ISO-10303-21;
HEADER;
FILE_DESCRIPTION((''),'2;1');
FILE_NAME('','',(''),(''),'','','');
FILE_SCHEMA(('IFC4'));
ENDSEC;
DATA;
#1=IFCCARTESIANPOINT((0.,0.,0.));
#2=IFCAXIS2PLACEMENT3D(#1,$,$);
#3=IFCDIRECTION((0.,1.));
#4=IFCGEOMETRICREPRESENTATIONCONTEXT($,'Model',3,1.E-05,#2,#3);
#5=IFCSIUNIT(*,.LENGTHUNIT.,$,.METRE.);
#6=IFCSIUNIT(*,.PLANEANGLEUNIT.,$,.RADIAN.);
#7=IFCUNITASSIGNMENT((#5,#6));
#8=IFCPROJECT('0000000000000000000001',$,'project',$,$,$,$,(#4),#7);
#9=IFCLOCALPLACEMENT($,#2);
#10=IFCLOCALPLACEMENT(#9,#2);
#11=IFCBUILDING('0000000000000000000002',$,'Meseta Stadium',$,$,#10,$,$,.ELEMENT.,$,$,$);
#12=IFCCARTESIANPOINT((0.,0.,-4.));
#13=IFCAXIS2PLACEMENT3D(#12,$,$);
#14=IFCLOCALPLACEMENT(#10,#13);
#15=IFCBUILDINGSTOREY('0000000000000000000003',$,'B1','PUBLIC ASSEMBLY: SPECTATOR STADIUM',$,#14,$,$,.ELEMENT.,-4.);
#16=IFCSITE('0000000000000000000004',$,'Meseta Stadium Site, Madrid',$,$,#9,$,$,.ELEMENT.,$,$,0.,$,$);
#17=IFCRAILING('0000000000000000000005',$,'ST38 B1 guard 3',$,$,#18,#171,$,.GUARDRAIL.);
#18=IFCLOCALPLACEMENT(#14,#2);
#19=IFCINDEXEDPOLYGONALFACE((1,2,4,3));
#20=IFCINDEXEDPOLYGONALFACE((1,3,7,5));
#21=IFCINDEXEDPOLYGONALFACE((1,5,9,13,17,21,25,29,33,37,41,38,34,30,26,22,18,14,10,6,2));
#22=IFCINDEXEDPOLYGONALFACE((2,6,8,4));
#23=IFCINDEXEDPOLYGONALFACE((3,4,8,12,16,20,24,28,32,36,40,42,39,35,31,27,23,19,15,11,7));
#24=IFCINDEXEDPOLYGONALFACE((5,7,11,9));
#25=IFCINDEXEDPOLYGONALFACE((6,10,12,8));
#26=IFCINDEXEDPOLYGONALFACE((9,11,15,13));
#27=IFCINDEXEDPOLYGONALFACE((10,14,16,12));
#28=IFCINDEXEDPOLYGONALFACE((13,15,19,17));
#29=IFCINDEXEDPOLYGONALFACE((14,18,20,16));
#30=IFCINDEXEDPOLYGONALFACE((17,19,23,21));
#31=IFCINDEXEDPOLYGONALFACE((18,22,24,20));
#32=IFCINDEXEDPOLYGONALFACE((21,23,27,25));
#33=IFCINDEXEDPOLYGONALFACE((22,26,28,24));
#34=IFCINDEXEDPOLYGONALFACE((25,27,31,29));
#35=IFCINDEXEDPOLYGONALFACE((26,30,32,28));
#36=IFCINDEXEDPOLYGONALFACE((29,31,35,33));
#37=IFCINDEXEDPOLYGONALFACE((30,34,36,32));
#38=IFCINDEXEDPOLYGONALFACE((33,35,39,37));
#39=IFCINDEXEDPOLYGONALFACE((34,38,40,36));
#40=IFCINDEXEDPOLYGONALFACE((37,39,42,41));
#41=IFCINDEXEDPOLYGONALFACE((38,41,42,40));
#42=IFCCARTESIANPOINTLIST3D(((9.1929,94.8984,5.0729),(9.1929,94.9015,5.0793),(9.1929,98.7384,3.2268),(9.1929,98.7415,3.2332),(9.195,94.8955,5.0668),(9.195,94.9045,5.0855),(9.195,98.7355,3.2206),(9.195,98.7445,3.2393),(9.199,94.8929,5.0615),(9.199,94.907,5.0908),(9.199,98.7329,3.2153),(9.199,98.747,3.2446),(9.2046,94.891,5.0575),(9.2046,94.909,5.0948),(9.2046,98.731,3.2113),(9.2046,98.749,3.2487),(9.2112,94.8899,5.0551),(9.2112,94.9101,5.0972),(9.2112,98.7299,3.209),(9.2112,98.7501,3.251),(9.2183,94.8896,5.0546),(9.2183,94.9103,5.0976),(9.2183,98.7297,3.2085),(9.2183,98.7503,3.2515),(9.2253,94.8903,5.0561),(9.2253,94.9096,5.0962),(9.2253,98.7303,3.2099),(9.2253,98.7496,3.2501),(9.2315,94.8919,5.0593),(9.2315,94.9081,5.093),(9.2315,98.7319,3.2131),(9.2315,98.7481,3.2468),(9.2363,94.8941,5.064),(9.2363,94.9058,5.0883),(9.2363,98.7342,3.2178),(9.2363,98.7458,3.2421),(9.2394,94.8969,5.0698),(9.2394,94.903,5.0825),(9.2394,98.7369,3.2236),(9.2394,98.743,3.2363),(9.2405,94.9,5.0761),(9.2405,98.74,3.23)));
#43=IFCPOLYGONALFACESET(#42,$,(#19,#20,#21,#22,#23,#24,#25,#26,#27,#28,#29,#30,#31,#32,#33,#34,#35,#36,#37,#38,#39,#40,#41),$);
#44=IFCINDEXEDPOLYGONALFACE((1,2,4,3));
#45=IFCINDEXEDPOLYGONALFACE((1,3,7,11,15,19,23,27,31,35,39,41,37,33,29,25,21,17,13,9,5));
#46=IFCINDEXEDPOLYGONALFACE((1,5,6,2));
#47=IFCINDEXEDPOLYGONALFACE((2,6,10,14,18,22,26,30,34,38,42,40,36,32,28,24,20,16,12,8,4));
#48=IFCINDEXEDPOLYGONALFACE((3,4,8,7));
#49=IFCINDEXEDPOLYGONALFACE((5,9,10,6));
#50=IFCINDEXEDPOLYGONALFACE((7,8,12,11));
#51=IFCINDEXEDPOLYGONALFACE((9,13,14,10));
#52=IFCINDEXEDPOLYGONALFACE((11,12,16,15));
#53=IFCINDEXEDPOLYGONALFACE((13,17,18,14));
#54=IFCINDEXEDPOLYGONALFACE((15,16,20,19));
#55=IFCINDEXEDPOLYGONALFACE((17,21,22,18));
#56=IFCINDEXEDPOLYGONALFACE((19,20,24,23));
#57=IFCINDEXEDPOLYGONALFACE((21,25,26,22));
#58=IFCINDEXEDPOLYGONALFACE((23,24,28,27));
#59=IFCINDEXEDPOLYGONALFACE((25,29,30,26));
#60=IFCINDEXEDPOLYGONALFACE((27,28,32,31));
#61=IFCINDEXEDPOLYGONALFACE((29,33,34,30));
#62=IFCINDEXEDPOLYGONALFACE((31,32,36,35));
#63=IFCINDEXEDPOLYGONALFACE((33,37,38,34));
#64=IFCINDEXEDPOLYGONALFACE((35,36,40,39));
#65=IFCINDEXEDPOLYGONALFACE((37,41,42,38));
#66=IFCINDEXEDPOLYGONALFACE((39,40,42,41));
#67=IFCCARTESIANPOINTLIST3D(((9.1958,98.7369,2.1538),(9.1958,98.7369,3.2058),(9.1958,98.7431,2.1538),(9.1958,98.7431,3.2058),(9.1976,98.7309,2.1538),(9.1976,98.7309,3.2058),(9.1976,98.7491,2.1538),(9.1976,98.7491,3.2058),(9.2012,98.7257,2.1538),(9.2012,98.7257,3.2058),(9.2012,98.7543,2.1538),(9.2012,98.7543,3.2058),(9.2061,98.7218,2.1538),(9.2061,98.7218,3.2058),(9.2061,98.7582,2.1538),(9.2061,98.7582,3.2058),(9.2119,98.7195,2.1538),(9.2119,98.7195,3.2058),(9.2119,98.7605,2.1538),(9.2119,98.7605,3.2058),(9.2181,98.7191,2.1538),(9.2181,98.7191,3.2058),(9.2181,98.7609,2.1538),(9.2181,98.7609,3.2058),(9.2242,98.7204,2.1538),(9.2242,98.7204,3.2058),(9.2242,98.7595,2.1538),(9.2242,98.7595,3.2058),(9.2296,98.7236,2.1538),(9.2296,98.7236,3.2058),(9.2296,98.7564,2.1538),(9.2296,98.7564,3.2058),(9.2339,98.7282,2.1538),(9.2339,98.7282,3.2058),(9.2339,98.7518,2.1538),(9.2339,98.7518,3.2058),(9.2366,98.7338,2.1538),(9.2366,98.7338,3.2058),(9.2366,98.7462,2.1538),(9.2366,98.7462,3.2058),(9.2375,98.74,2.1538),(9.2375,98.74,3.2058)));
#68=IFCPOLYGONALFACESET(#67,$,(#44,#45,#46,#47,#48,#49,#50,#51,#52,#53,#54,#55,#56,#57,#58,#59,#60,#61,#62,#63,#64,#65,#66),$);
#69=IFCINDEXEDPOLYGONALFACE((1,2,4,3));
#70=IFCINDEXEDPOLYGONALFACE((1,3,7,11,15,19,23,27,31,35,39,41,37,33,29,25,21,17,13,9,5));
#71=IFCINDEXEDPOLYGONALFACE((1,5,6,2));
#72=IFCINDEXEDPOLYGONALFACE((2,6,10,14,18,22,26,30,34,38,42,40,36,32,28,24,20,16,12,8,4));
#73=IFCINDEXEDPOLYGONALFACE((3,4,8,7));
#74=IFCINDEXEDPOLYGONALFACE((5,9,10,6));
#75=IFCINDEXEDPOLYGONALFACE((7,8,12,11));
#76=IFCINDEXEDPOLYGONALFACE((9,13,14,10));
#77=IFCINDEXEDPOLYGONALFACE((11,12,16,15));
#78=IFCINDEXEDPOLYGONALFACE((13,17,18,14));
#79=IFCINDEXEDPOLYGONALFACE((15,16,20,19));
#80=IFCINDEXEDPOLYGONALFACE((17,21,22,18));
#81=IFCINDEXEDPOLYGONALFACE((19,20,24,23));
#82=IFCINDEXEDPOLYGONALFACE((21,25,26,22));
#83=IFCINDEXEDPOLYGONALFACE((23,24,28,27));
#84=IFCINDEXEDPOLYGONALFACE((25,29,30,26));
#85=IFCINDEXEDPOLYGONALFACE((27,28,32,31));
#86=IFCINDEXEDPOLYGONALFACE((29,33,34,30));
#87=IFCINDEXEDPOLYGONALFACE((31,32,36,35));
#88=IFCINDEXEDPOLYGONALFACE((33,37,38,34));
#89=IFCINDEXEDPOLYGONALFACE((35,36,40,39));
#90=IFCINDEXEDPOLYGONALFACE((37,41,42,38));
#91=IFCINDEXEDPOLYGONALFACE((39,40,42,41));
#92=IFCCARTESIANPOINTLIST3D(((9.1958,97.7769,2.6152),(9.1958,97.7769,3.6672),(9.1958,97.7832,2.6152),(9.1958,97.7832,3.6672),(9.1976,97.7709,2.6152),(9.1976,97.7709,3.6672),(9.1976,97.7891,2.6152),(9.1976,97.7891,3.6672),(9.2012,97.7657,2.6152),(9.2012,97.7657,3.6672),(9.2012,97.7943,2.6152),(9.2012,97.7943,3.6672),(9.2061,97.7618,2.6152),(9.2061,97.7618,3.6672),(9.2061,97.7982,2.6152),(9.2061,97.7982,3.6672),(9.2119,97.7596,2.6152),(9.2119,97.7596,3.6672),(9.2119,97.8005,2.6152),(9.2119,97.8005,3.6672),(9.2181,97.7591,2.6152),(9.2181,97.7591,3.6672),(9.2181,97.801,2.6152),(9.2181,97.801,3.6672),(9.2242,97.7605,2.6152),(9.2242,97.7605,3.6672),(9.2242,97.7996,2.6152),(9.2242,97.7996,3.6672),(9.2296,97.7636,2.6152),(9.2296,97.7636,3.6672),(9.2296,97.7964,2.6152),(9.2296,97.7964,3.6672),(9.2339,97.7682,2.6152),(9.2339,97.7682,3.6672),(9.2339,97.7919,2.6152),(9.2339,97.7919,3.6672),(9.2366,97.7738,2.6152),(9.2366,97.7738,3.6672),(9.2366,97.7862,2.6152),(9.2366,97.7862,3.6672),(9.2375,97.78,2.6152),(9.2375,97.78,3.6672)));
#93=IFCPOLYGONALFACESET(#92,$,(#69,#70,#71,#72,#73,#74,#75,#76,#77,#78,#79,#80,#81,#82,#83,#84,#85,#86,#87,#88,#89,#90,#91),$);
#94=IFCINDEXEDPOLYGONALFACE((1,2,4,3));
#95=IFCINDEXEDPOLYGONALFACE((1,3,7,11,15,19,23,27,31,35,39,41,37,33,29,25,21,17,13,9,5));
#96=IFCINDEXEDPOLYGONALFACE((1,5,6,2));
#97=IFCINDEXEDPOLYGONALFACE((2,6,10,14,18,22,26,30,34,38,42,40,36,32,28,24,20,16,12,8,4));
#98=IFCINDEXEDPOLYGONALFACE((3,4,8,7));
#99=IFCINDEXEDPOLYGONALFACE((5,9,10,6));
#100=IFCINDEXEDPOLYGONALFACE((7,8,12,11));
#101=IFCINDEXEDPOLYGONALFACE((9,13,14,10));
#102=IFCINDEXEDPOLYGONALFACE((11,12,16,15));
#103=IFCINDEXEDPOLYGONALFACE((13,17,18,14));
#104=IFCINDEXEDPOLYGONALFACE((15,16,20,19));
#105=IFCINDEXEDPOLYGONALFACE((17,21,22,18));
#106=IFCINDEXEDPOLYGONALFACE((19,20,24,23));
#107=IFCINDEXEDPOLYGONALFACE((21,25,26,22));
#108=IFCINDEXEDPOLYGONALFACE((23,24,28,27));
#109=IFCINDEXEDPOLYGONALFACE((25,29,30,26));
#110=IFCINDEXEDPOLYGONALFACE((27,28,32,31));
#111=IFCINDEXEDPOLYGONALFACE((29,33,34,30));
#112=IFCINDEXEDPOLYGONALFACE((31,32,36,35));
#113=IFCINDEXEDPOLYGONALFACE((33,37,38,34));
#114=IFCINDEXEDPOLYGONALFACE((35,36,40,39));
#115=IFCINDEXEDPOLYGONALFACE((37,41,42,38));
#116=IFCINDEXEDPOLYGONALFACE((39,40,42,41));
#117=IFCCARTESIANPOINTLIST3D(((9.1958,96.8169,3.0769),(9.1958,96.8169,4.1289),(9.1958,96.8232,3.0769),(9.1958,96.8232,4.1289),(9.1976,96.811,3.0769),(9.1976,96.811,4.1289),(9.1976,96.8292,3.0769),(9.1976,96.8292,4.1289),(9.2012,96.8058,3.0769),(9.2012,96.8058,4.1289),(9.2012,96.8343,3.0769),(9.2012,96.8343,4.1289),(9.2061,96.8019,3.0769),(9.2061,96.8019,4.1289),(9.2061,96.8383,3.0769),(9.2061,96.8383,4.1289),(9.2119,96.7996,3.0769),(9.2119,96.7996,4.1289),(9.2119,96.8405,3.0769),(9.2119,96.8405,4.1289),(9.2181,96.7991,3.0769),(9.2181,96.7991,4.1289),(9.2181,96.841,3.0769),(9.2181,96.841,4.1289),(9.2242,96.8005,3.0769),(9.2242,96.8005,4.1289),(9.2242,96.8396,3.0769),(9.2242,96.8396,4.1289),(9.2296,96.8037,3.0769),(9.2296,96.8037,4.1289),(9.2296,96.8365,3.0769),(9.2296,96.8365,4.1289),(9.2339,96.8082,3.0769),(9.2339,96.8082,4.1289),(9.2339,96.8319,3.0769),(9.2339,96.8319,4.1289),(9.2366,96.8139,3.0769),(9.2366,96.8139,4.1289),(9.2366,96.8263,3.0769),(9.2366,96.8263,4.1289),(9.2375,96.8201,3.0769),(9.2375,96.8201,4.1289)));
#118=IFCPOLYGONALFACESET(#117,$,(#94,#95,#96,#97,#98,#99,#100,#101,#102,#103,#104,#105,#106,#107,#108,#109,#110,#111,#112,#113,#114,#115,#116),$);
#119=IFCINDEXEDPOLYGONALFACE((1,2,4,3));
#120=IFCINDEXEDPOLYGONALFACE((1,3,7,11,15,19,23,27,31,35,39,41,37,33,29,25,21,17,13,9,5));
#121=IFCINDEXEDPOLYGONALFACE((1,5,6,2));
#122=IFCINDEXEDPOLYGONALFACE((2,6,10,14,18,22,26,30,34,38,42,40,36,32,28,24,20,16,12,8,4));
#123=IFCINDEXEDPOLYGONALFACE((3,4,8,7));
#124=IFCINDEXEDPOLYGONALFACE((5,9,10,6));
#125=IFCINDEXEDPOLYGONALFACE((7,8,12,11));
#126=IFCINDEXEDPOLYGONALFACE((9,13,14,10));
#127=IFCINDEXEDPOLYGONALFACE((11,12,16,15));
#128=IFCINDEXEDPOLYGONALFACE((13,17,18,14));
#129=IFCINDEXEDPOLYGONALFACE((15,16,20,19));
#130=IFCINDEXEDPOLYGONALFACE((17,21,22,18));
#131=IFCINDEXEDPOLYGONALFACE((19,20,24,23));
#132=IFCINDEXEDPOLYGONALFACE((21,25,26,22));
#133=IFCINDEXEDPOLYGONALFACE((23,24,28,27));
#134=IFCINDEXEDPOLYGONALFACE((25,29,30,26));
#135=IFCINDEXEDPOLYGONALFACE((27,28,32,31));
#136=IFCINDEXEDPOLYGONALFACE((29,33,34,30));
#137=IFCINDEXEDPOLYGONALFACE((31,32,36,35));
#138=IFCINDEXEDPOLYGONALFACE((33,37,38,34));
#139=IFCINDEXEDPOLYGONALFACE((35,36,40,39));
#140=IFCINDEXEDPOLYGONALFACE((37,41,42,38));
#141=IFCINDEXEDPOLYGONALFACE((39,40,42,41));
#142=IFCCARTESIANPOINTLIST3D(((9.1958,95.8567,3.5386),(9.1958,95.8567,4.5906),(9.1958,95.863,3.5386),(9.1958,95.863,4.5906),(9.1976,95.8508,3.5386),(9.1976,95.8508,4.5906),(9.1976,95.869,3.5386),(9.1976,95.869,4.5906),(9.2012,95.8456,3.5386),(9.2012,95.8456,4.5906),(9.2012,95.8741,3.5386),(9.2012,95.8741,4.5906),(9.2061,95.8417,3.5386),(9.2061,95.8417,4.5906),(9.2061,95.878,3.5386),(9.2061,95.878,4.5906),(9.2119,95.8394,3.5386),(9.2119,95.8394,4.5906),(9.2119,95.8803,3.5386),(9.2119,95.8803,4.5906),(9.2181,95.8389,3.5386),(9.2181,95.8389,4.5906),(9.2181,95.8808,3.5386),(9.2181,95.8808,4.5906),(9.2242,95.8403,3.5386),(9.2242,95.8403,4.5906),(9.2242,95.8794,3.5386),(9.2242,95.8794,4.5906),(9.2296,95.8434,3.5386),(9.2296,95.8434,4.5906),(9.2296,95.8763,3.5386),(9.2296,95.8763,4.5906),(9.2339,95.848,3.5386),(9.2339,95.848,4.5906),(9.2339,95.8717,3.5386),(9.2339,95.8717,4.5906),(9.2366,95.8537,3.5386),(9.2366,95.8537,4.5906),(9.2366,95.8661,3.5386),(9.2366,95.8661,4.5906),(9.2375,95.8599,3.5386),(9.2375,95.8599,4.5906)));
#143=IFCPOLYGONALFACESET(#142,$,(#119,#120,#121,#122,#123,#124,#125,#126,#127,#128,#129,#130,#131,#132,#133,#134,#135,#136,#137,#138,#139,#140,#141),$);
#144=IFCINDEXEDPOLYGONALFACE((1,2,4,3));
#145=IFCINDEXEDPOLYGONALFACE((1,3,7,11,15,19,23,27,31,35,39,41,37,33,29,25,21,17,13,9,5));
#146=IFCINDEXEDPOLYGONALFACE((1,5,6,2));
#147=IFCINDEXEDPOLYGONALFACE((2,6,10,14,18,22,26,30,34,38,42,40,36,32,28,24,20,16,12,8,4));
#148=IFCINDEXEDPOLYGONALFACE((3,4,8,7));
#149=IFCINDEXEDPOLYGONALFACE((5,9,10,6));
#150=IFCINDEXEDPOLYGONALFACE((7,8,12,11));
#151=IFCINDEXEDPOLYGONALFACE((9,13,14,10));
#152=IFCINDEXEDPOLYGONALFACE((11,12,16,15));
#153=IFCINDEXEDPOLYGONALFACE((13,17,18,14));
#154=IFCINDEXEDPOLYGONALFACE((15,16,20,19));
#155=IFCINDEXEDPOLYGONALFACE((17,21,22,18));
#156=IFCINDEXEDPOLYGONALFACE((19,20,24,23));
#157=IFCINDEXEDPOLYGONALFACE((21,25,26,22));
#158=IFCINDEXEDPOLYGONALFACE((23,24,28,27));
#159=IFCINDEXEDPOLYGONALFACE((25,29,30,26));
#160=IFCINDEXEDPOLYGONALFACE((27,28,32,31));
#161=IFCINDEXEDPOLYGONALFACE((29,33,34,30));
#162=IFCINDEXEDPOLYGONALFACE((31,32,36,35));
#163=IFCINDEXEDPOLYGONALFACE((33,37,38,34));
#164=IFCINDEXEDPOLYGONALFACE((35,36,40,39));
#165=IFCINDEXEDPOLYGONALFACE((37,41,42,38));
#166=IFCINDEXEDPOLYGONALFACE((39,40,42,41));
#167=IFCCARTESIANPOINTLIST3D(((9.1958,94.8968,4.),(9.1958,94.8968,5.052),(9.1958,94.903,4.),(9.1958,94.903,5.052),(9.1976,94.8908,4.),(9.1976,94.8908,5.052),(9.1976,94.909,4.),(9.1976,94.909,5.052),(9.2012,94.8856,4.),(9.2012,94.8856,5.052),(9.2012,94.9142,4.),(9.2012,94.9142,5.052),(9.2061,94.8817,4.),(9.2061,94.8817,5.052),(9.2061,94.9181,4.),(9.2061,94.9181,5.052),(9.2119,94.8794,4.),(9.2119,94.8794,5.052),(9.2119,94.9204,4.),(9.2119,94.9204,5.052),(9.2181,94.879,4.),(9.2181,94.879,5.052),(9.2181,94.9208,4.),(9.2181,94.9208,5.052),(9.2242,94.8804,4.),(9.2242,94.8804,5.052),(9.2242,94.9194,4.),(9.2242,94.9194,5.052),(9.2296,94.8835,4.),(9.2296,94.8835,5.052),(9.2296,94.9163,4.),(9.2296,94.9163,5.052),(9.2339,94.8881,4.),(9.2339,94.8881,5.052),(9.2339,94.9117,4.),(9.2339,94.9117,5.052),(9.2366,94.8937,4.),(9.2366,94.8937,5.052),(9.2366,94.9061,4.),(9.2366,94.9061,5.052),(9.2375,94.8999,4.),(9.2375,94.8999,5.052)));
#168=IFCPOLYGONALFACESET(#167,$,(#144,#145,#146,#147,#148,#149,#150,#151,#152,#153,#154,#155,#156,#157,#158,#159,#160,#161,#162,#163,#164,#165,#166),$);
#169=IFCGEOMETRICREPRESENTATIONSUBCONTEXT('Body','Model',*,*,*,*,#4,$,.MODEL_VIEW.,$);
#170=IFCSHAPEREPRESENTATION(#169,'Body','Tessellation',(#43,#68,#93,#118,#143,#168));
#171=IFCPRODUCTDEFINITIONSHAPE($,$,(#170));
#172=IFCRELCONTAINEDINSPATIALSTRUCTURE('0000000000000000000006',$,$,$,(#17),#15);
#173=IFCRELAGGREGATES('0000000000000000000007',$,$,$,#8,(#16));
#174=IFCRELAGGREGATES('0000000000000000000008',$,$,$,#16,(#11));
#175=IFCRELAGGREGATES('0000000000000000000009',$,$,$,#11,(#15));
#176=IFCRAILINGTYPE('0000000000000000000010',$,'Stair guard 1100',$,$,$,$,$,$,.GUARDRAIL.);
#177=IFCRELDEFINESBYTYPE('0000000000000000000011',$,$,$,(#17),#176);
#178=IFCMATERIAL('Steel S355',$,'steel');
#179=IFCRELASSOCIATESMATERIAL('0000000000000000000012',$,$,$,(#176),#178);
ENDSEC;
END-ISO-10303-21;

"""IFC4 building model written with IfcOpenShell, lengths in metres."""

from ifc_helpers import new_model, si_unit, direction, frame, origin, origin_2d, place, context, subcontext, project, spatial, circle, extrude, material, type_object, element, save


model = new_model("IFC4")

# Units and contexts
model_context = context("Model", 3, precision=1e-05, world=origin(), true_north=direction((0.0, 1.0)))
body_context = subcontext(model_context, "Body", "Model", "MODEL_VIEW")
ifc_project = project(units=[si_unit("LENGTHUNIT", "METRE"), si_unit("PLANEANGLEUNIT", "RADIAN")], contexts=[model_context])

# Site, building, storey
site_placement = place(None, origin())
site = spatial("IfcSite", under=ifc_project, at=site_placement, Name="Meseta Stadium Site, Madrid", CompositionType="ELEMENT", RefElevation=0.0)
building_placement = place(site_placement, origin())
building = spatial("IfcBuilding", under=site, at=building_placement, Name="Meseta Stadium", CompositionType="ELEMENT")
storey_placement = place(building_placement, frame((0.0, 0.0, -4.0)))
storey = spatial("IfcBuildingStorey", under=building, at=storey_placement, Name="B1", Description="PUBLIC ASSEMBLY: SPECTATOR STADIUM", CompositionType="ELEMENT", Elevation=-4.0)

# Railing
ifc_material_1 = material(Name="Steel S355", Category="steel")
railing_type_1 = type_object("IfcRailingType", Name="Stair guard 1100", PredefinedType="GUARDRAIL", material=ifc_material_1)
railing_1_placement = place(storey_placement, frame((9.2166, 98.74, 2.1538)))
element("IfcRailing", 1, at=railing_1_placement, inside=storey, type_object=railing_type_1, Name="ST38 B1 guard 3", PredefinedType="GUARDRAIL", context=body_context, shape_type="SweptSolid", body=[
    extrude(circle(Radius=0.0239, at=origin_2d()), frame((0.0, 0.0, 1.0762), z_axis=(0.0, -0.901253, 0.433294), x_axis=(1.0, 0.0, 0.0)), (0.0, 0.0, 1.0), 4.2607),
    extrude(circle(Radius=0.021, at=origin_2d()), origin(), (0.0, 0.0, 1.0), 1.052),
    extrude(circle(Radius=0.021, at=origin_2d()), frame((0.0, -0.96, 0.4614)), (0.0, 0.0, 1.0), 1.052),
    extrude(circle(Radius=0.021, at=origin_2d()), frame((0.0, -1.9199, 0.9231)), (0.0, 0.0, 1.0), 1.052),
    extrude(circle(Radius=0.021, at=origin_2d()), frame((0.0, -2.8801, 1.3848)), (0.0, 0.0, 1.0), 1.052),
    extrude(circle(Radius=0.021, at=origin_2d()), frame((0.0, -3.8401, 1.8462)), (0.0, 0.0, 1.0), 1.052),
])

save(model, "model.ifc")
